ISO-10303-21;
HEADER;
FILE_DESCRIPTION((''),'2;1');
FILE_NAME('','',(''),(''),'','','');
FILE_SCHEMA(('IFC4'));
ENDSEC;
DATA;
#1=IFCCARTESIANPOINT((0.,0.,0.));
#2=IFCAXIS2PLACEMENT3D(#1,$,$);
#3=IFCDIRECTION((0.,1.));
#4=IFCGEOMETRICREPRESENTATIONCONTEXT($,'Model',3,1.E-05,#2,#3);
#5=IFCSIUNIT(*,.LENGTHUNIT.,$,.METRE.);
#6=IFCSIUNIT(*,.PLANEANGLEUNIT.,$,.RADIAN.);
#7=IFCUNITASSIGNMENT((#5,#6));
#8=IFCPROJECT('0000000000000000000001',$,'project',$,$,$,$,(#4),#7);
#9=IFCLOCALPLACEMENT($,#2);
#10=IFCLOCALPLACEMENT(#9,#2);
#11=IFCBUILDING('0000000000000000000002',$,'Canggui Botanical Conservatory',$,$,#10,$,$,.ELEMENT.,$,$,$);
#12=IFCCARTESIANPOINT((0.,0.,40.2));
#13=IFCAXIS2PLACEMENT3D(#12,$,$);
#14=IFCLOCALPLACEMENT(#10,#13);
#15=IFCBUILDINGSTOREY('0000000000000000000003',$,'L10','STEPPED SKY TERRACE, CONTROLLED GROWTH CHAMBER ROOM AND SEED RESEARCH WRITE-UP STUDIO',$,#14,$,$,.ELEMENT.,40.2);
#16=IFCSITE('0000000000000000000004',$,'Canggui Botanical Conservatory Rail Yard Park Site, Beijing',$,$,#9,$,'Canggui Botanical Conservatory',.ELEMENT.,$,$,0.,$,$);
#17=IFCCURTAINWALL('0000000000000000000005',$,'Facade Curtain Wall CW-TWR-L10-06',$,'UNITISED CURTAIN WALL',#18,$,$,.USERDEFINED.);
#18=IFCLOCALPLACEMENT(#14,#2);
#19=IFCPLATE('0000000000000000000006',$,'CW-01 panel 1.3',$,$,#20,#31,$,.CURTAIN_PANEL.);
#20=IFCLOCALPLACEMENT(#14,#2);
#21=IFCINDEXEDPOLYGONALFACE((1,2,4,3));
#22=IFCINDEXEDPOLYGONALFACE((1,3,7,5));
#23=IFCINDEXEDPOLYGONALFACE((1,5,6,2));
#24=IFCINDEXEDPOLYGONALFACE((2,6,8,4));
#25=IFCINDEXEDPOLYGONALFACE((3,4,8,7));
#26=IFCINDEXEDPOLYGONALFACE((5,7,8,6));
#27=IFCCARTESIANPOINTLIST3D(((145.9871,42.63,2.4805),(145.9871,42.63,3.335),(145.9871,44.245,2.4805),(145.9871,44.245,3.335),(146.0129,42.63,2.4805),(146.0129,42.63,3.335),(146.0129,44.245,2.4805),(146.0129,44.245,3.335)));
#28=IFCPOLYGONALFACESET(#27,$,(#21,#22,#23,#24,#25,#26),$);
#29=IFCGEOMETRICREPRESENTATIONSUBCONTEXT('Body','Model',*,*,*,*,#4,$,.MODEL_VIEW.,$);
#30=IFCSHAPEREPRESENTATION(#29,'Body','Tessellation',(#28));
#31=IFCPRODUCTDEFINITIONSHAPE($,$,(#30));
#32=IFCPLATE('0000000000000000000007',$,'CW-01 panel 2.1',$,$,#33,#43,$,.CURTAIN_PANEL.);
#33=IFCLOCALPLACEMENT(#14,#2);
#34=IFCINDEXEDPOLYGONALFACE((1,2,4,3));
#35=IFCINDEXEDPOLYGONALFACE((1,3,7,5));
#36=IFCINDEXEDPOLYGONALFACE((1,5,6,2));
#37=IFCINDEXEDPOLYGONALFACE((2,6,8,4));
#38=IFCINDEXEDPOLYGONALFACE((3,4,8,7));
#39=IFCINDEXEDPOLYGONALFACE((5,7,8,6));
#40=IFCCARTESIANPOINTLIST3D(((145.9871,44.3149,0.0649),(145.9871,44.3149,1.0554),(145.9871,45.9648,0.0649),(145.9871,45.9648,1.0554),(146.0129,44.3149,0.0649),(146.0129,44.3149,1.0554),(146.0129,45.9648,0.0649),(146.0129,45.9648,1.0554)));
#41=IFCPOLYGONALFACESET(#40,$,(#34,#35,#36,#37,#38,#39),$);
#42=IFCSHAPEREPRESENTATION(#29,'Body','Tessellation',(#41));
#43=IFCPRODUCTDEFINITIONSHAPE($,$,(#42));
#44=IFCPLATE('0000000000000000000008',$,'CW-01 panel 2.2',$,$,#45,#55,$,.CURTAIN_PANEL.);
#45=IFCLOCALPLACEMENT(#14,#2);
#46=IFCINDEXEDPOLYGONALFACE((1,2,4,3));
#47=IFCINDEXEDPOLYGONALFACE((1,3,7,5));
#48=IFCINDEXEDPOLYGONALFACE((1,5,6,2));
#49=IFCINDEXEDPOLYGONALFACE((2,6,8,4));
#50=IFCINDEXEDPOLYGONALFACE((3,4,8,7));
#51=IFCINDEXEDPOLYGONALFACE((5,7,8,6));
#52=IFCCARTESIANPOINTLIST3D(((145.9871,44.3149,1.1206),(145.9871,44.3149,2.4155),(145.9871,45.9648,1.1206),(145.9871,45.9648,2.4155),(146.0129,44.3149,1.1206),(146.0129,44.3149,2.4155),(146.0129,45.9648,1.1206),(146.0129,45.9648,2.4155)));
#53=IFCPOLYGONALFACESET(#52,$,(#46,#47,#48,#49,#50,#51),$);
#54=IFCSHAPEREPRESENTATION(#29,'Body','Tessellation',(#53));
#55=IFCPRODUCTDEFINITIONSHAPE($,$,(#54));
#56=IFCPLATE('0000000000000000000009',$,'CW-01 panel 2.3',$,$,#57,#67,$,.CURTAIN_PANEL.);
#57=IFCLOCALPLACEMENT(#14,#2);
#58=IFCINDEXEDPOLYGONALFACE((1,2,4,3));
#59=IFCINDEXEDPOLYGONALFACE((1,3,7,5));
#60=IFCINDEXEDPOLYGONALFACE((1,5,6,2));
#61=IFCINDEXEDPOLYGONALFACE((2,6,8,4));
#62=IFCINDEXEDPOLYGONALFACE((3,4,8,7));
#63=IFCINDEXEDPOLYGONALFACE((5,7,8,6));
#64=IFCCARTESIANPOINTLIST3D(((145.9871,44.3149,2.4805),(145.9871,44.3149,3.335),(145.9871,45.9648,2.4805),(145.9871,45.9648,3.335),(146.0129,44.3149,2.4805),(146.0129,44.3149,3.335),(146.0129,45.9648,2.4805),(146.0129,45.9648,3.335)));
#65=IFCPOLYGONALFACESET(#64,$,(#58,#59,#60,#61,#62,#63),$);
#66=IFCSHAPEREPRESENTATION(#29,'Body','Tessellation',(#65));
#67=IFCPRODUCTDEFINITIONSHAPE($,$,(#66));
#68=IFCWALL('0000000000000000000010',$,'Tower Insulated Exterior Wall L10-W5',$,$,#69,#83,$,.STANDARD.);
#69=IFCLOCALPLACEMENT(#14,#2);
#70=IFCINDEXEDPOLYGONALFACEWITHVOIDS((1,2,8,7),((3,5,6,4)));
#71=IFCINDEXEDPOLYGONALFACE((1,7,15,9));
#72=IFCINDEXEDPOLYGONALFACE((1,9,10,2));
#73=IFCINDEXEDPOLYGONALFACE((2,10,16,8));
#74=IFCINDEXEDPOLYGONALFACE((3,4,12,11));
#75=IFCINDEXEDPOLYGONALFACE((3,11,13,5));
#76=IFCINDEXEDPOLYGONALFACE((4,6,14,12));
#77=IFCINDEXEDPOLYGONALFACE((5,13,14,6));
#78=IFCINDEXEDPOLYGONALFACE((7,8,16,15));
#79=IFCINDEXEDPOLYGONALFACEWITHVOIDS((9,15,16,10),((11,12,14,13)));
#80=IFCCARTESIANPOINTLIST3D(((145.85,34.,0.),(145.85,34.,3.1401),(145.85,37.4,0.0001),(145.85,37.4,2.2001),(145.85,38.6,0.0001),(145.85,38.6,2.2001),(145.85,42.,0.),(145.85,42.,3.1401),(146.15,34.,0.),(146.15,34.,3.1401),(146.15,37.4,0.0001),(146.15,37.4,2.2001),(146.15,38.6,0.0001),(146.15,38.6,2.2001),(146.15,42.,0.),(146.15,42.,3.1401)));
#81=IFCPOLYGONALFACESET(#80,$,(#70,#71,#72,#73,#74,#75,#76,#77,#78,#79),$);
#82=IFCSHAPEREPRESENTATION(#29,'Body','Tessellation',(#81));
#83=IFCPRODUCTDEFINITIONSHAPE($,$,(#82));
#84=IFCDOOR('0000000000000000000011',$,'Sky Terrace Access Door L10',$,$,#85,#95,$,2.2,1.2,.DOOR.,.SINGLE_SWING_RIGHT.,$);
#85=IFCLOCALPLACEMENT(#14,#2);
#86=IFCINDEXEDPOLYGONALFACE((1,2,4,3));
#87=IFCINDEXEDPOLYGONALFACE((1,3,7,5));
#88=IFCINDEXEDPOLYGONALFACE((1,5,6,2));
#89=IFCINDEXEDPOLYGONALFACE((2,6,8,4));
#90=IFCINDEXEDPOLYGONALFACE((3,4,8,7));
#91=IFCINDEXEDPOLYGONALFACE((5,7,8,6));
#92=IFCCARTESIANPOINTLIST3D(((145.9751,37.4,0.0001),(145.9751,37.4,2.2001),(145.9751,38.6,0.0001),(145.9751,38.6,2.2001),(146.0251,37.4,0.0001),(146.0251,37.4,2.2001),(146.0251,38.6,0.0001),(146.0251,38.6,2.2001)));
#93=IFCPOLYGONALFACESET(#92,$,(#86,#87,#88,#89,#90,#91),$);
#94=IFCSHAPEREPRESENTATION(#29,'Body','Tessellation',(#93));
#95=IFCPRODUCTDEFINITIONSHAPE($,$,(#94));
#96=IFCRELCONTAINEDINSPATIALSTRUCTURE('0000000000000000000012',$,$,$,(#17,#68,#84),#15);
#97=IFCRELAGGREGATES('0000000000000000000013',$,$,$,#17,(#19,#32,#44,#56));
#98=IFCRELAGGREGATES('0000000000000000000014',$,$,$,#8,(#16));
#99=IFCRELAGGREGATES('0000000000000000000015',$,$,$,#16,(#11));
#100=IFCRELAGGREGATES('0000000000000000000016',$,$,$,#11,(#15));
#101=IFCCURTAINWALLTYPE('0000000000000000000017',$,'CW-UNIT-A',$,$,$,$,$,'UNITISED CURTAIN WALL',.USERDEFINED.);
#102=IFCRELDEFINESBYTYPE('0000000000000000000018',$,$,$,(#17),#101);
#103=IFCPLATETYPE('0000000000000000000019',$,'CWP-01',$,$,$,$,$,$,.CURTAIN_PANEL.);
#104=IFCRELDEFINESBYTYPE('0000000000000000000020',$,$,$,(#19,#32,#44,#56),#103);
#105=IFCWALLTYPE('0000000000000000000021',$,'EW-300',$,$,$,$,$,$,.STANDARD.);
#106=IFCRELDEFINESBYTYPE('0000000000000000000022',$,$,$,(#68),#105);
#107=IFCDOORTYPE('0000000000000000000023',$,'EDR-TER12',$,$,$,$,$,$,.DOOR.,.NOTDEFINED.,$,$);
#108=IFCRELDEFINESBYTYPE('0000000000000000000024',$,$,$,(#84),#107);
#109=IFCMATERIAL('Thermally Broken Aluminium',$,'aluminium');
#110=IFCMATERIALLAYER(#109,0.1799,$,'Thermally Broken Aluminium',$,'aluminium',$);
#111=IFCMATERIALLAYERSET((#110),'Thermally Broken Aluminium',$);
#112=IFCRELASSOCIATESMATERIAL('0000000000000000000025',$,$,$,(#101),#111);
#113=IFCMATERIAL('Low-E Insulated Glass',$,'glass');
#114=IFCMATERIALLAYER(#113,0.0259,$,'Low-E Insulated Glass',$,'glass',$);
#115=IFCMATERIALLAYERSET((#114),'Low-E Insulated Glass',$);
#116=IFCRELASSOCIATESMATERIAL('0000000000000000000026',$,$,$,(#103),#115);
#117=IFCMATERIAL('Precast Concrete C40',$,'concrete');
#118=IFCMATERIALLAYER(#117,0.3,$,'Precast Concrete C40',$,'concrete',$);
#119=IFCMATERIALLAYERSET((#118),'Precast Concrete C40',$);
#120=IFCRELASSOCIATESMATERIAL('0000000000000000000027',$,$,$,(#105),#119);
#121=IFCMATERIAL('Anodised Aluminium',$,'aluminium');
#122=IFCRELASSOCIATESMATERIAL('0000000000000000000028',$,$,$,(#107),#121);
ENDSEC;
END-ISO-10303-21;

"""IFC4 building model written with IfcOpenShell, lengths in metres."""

from ifc_helpers import new_model, si_unit, direction, frame, frame_2d, origin, origin_2d, place, context, subcontext, project, spatial, rectangle, extrude, material, layer, layer_set, type_object, element, fill, aggregate, save


model = new_model("IFC4")

# Units and contexts
model_context = context("Model", 3, precision=1e-05, world=origin(), true_north=direction((0.0, 1.0)))
body_context = subcontext(model_context, "Body", "Model", "MODEL_VIEW")
ifc_project = project(units=[si_unit("LENGTHUNIT", "METRE"), si_unit("PLANEANGLEUNIT", "RADIAN")], contexts=[model_context])

# Site, building, storey
site_placement = place(None, origin())
site = spatial("IfcSite", under=ifc_project, at=site_placement, Name="Canggui Botanical Conservatory Rail Yard Park Site, Beijing", LongName="Canggui Botanical Conservatory", CompositionType="ELEMENT", RefElevation=0.0)
building_placement = place(site_placement, origin())
building = spatial("IfcBuilding", under=site, at=building_placement, Name="Canggui Botanical Conservatory", CompositionType="ELEMENT")
storey_placement = place(building_placement, frame((0.0, 0.0, 40.2)))
storey = spatial("IfcBuildingStorey", under=building, at=storey_placement, Name="L10", Description="STEPPED SKY TERRACE, CONTROLLED GROWTH CHAMBER ROOM AND SEED RESEARCH WRITE-UP STUDIO", CompositionType="ELEMENT", Elevation=40.2)

# Curtain wall, plates
ifc_material_1 = material(Name="Thermally Broken Aluminium", Category="aluminium")
ifc_layer_1 = layer(ifc_material_1, 0.1799, Name="Thermally Broken Aluminium", Category="aluminium")
ifc_layer_set_1 = layer_set([ifc_layer_1], Name="Thermally Broken Aluminium")
curtain_wall_type = type_object("IfcCurtainWallType", Name="CW-UNIT-A", ElementType="UNITISED CURTAIN WALL", PredefinedType="USERDEFINED", material=ifc_layer_set_1)
curtain_wall_placement = place(storey_placement, origin())
curtain_wall = element("IfcCurtainWall", 1, at=curtain_wall_placement, inside=storey, type_object=curtain_wall_type, Name="Facade Curtain Wall CW-TWR-L10-06", ObjectType="UNITISED CURTAIN WALL", PredefinedType="USERDEFINED")
ifc_material_2 = material(Name="Low-E Insulated Glass", Category="glass")
ifc_layer_2 = layer(ifc_material_2, 0.0259, Name="Low-E Insulated Glass", Category="glass")
ifc_layer_set_2 = layer_set([ifc_layer_2], Name="Low-E Insulated Glass")
plate_type = type_object("IfcPlateType", Name="CWP-01", PredefinedType="CURTAIN_PANEL", material=ifc_layer_set_2)
plate_1_placement = place(storey_placement, frame((146.0, 43.4375, 2.4805), z_axis=(0.0, 0.0, 1.0), x_axis=(0.0, 1.0, 0.0)))
plate_1 = element("IfcPlate", 2, at=plate_1_placement, type_object=plate_type, Name="CW-01 panel 1.3", PredefinedType="CURTAIN_PANEL", context=body_context, shape_type="SweptSolid", body=[
    extrude(rectangle(XDim=1.615, YDim=0.0259, at=origin_2d()), origin(), (0.0, 0.0, 1.0), 0.8545),
])
plate_2_placement = place(storey_placement, frame((146.0, 45.1399, 0.0649), z_axis=(0.0, 0.0, 1.0), x_axis=(0.0, 1.0, 0.0)))
plate_2 = element("IfcPlate", 3, at=plate_2_placement, type_object=plate_type, Name="CW-01 panel 2.1", PredefinedType="CURTAIN_PANEL", context=body_context, shape_type="SweptSolid", body=[
    extrude(rectangle(XDim=1.6499, YDim=0.0259, at=origin_2d()), origin(), (0.0, 0.0, 1.0), 0.9905),
])
plate_3_placement = place(storey_placement, frame((146.0, 45.1399, 1.1206), z_axis=(0.0, 0.0, 1.0), x_axis=(0.0, 1.0, 0.0)))
plate_3 = element("IfcPlate", 4, at=plate_3_placement, type_object=plate_type, Name="CW-01 panel 2.2", PredefinedType="CURTAIN_PANEL", context=body_context, shape_type="SweptSolid", body=[
    extrude(rectangle(XDim=1.6499, YDim=0.0259, at=origin_2d()), origin(), (0.0, 0.0, 1.0), 1.2949),
])
plate_4_placement = place(storey_placement, frame((146.0, 45.1399, 2.4805), z_axis=(0.0, 0.0, 1.0), x_axis=(0.0, 1.0, 0.0)))
plate_4 = element("IfcPlate", 5, at=plate_4_placement, type_object=plate_type, Name="CW-01 panel 2.3", PredefinedType="CURTAIN_PANEL", context=body_context, shape_type="SweptSolid", body=[
    extrude(rectangle(XDim=1.6499, YDim=0.0259, at=origin_2d()), origin(), (0.0, 0.0, 1.0), 0.8545),
])
aggregate(curtain_wall, [plate_1, plate_2, plate_3, plate_4])

# Wall, opening, door
ifc_material_3 = material(Name="Precast Concrete C40", Category="concrete")
ifc_layer_3 = layer(ifc_material_3, 0.3, Name="Precast Concrete C40", Category="concrete")
ifc_layer_set_3 = layer_set([ifc_layer_3], Name="Precast Concrete C40")
wall_type = type_object("IfcWallType", Name="EW-300", PredefinedType="STANDARD", material=ifc_layer_set_3)
wall_placement = place(storey_placement, frame((146.0, 34.0, 0.0), z_axis=(0.0, 0.0, 1.0), x_axis=(0.0, 1.0, 0.0)))
wall = element("IfcWall", 6, at=wall_placement, inside=storey, type_object=wall_type, Name="Tower Insulated Exterior Wall L10-W5", PredefinedType="STANDARD", context=body_context, shape_type="SweptSolid", body=[
    extrude(rectangle(XDim=8.0, YDim=0.3, at=frame_2d((4.0, 0.0))), origin(), (0.0, 0.0, 1.0), 3.1401),
])
opening_placement = place(wall_placement, frame((3.3999, 0.0, 0.0)))
opening = element("IfcOpeningElement", 7, at=opening_placement, cuts=wall, PredefinedType="OPENING", context=body_context, shape_type="SweptSolid", body=[
    extrude(rectangle(XDim=1.2, YDim=2.2, at=frame_2d((0.6001, 1.1001))), frame((0.0, 0.1602, 0.0), z_axis=(0.0, -1.0, 0.0), x_axis=(1.0, 0.0, 0.0)), (0.0, 0.0, 1.0), 0.3201),
])
ifc_material_4 = material(Name="Anodised Aluminium", Category="aluminium")
door_type = type_object("IfcDoorType", Name="EDR-TER12", OperationType="NOTDEFINED", PredefinedType="DOOR", material=ifc_material_4)
door_placement = place(opening_placement, origin())
door = element("IfcDoor", 8, at=door_placement, inside=storey, type_object=door_type, Name="Sky Terrace Access Door L10", OperationType="SINGLE_SWING_RIGHT", OverallHeight=2.2, OverallWidth=1.2, PredefinedType="DOOR", context=body_context, shape_type="SweptSolid", body=[
    extrude(rectangle(XDim=1.2, YDim=2.2, at=frame_2d((0.6001, 1.1001))), frame((0.0, 0.0249, 0.0), z_axis=(0.0, -1.0, 0.0), x_axis=(1.0, 0.0, 0.0)), (0.0, 0.0, 1.0), 0.05),
])
fill(opening, door)

save(model, "model.ifc")
